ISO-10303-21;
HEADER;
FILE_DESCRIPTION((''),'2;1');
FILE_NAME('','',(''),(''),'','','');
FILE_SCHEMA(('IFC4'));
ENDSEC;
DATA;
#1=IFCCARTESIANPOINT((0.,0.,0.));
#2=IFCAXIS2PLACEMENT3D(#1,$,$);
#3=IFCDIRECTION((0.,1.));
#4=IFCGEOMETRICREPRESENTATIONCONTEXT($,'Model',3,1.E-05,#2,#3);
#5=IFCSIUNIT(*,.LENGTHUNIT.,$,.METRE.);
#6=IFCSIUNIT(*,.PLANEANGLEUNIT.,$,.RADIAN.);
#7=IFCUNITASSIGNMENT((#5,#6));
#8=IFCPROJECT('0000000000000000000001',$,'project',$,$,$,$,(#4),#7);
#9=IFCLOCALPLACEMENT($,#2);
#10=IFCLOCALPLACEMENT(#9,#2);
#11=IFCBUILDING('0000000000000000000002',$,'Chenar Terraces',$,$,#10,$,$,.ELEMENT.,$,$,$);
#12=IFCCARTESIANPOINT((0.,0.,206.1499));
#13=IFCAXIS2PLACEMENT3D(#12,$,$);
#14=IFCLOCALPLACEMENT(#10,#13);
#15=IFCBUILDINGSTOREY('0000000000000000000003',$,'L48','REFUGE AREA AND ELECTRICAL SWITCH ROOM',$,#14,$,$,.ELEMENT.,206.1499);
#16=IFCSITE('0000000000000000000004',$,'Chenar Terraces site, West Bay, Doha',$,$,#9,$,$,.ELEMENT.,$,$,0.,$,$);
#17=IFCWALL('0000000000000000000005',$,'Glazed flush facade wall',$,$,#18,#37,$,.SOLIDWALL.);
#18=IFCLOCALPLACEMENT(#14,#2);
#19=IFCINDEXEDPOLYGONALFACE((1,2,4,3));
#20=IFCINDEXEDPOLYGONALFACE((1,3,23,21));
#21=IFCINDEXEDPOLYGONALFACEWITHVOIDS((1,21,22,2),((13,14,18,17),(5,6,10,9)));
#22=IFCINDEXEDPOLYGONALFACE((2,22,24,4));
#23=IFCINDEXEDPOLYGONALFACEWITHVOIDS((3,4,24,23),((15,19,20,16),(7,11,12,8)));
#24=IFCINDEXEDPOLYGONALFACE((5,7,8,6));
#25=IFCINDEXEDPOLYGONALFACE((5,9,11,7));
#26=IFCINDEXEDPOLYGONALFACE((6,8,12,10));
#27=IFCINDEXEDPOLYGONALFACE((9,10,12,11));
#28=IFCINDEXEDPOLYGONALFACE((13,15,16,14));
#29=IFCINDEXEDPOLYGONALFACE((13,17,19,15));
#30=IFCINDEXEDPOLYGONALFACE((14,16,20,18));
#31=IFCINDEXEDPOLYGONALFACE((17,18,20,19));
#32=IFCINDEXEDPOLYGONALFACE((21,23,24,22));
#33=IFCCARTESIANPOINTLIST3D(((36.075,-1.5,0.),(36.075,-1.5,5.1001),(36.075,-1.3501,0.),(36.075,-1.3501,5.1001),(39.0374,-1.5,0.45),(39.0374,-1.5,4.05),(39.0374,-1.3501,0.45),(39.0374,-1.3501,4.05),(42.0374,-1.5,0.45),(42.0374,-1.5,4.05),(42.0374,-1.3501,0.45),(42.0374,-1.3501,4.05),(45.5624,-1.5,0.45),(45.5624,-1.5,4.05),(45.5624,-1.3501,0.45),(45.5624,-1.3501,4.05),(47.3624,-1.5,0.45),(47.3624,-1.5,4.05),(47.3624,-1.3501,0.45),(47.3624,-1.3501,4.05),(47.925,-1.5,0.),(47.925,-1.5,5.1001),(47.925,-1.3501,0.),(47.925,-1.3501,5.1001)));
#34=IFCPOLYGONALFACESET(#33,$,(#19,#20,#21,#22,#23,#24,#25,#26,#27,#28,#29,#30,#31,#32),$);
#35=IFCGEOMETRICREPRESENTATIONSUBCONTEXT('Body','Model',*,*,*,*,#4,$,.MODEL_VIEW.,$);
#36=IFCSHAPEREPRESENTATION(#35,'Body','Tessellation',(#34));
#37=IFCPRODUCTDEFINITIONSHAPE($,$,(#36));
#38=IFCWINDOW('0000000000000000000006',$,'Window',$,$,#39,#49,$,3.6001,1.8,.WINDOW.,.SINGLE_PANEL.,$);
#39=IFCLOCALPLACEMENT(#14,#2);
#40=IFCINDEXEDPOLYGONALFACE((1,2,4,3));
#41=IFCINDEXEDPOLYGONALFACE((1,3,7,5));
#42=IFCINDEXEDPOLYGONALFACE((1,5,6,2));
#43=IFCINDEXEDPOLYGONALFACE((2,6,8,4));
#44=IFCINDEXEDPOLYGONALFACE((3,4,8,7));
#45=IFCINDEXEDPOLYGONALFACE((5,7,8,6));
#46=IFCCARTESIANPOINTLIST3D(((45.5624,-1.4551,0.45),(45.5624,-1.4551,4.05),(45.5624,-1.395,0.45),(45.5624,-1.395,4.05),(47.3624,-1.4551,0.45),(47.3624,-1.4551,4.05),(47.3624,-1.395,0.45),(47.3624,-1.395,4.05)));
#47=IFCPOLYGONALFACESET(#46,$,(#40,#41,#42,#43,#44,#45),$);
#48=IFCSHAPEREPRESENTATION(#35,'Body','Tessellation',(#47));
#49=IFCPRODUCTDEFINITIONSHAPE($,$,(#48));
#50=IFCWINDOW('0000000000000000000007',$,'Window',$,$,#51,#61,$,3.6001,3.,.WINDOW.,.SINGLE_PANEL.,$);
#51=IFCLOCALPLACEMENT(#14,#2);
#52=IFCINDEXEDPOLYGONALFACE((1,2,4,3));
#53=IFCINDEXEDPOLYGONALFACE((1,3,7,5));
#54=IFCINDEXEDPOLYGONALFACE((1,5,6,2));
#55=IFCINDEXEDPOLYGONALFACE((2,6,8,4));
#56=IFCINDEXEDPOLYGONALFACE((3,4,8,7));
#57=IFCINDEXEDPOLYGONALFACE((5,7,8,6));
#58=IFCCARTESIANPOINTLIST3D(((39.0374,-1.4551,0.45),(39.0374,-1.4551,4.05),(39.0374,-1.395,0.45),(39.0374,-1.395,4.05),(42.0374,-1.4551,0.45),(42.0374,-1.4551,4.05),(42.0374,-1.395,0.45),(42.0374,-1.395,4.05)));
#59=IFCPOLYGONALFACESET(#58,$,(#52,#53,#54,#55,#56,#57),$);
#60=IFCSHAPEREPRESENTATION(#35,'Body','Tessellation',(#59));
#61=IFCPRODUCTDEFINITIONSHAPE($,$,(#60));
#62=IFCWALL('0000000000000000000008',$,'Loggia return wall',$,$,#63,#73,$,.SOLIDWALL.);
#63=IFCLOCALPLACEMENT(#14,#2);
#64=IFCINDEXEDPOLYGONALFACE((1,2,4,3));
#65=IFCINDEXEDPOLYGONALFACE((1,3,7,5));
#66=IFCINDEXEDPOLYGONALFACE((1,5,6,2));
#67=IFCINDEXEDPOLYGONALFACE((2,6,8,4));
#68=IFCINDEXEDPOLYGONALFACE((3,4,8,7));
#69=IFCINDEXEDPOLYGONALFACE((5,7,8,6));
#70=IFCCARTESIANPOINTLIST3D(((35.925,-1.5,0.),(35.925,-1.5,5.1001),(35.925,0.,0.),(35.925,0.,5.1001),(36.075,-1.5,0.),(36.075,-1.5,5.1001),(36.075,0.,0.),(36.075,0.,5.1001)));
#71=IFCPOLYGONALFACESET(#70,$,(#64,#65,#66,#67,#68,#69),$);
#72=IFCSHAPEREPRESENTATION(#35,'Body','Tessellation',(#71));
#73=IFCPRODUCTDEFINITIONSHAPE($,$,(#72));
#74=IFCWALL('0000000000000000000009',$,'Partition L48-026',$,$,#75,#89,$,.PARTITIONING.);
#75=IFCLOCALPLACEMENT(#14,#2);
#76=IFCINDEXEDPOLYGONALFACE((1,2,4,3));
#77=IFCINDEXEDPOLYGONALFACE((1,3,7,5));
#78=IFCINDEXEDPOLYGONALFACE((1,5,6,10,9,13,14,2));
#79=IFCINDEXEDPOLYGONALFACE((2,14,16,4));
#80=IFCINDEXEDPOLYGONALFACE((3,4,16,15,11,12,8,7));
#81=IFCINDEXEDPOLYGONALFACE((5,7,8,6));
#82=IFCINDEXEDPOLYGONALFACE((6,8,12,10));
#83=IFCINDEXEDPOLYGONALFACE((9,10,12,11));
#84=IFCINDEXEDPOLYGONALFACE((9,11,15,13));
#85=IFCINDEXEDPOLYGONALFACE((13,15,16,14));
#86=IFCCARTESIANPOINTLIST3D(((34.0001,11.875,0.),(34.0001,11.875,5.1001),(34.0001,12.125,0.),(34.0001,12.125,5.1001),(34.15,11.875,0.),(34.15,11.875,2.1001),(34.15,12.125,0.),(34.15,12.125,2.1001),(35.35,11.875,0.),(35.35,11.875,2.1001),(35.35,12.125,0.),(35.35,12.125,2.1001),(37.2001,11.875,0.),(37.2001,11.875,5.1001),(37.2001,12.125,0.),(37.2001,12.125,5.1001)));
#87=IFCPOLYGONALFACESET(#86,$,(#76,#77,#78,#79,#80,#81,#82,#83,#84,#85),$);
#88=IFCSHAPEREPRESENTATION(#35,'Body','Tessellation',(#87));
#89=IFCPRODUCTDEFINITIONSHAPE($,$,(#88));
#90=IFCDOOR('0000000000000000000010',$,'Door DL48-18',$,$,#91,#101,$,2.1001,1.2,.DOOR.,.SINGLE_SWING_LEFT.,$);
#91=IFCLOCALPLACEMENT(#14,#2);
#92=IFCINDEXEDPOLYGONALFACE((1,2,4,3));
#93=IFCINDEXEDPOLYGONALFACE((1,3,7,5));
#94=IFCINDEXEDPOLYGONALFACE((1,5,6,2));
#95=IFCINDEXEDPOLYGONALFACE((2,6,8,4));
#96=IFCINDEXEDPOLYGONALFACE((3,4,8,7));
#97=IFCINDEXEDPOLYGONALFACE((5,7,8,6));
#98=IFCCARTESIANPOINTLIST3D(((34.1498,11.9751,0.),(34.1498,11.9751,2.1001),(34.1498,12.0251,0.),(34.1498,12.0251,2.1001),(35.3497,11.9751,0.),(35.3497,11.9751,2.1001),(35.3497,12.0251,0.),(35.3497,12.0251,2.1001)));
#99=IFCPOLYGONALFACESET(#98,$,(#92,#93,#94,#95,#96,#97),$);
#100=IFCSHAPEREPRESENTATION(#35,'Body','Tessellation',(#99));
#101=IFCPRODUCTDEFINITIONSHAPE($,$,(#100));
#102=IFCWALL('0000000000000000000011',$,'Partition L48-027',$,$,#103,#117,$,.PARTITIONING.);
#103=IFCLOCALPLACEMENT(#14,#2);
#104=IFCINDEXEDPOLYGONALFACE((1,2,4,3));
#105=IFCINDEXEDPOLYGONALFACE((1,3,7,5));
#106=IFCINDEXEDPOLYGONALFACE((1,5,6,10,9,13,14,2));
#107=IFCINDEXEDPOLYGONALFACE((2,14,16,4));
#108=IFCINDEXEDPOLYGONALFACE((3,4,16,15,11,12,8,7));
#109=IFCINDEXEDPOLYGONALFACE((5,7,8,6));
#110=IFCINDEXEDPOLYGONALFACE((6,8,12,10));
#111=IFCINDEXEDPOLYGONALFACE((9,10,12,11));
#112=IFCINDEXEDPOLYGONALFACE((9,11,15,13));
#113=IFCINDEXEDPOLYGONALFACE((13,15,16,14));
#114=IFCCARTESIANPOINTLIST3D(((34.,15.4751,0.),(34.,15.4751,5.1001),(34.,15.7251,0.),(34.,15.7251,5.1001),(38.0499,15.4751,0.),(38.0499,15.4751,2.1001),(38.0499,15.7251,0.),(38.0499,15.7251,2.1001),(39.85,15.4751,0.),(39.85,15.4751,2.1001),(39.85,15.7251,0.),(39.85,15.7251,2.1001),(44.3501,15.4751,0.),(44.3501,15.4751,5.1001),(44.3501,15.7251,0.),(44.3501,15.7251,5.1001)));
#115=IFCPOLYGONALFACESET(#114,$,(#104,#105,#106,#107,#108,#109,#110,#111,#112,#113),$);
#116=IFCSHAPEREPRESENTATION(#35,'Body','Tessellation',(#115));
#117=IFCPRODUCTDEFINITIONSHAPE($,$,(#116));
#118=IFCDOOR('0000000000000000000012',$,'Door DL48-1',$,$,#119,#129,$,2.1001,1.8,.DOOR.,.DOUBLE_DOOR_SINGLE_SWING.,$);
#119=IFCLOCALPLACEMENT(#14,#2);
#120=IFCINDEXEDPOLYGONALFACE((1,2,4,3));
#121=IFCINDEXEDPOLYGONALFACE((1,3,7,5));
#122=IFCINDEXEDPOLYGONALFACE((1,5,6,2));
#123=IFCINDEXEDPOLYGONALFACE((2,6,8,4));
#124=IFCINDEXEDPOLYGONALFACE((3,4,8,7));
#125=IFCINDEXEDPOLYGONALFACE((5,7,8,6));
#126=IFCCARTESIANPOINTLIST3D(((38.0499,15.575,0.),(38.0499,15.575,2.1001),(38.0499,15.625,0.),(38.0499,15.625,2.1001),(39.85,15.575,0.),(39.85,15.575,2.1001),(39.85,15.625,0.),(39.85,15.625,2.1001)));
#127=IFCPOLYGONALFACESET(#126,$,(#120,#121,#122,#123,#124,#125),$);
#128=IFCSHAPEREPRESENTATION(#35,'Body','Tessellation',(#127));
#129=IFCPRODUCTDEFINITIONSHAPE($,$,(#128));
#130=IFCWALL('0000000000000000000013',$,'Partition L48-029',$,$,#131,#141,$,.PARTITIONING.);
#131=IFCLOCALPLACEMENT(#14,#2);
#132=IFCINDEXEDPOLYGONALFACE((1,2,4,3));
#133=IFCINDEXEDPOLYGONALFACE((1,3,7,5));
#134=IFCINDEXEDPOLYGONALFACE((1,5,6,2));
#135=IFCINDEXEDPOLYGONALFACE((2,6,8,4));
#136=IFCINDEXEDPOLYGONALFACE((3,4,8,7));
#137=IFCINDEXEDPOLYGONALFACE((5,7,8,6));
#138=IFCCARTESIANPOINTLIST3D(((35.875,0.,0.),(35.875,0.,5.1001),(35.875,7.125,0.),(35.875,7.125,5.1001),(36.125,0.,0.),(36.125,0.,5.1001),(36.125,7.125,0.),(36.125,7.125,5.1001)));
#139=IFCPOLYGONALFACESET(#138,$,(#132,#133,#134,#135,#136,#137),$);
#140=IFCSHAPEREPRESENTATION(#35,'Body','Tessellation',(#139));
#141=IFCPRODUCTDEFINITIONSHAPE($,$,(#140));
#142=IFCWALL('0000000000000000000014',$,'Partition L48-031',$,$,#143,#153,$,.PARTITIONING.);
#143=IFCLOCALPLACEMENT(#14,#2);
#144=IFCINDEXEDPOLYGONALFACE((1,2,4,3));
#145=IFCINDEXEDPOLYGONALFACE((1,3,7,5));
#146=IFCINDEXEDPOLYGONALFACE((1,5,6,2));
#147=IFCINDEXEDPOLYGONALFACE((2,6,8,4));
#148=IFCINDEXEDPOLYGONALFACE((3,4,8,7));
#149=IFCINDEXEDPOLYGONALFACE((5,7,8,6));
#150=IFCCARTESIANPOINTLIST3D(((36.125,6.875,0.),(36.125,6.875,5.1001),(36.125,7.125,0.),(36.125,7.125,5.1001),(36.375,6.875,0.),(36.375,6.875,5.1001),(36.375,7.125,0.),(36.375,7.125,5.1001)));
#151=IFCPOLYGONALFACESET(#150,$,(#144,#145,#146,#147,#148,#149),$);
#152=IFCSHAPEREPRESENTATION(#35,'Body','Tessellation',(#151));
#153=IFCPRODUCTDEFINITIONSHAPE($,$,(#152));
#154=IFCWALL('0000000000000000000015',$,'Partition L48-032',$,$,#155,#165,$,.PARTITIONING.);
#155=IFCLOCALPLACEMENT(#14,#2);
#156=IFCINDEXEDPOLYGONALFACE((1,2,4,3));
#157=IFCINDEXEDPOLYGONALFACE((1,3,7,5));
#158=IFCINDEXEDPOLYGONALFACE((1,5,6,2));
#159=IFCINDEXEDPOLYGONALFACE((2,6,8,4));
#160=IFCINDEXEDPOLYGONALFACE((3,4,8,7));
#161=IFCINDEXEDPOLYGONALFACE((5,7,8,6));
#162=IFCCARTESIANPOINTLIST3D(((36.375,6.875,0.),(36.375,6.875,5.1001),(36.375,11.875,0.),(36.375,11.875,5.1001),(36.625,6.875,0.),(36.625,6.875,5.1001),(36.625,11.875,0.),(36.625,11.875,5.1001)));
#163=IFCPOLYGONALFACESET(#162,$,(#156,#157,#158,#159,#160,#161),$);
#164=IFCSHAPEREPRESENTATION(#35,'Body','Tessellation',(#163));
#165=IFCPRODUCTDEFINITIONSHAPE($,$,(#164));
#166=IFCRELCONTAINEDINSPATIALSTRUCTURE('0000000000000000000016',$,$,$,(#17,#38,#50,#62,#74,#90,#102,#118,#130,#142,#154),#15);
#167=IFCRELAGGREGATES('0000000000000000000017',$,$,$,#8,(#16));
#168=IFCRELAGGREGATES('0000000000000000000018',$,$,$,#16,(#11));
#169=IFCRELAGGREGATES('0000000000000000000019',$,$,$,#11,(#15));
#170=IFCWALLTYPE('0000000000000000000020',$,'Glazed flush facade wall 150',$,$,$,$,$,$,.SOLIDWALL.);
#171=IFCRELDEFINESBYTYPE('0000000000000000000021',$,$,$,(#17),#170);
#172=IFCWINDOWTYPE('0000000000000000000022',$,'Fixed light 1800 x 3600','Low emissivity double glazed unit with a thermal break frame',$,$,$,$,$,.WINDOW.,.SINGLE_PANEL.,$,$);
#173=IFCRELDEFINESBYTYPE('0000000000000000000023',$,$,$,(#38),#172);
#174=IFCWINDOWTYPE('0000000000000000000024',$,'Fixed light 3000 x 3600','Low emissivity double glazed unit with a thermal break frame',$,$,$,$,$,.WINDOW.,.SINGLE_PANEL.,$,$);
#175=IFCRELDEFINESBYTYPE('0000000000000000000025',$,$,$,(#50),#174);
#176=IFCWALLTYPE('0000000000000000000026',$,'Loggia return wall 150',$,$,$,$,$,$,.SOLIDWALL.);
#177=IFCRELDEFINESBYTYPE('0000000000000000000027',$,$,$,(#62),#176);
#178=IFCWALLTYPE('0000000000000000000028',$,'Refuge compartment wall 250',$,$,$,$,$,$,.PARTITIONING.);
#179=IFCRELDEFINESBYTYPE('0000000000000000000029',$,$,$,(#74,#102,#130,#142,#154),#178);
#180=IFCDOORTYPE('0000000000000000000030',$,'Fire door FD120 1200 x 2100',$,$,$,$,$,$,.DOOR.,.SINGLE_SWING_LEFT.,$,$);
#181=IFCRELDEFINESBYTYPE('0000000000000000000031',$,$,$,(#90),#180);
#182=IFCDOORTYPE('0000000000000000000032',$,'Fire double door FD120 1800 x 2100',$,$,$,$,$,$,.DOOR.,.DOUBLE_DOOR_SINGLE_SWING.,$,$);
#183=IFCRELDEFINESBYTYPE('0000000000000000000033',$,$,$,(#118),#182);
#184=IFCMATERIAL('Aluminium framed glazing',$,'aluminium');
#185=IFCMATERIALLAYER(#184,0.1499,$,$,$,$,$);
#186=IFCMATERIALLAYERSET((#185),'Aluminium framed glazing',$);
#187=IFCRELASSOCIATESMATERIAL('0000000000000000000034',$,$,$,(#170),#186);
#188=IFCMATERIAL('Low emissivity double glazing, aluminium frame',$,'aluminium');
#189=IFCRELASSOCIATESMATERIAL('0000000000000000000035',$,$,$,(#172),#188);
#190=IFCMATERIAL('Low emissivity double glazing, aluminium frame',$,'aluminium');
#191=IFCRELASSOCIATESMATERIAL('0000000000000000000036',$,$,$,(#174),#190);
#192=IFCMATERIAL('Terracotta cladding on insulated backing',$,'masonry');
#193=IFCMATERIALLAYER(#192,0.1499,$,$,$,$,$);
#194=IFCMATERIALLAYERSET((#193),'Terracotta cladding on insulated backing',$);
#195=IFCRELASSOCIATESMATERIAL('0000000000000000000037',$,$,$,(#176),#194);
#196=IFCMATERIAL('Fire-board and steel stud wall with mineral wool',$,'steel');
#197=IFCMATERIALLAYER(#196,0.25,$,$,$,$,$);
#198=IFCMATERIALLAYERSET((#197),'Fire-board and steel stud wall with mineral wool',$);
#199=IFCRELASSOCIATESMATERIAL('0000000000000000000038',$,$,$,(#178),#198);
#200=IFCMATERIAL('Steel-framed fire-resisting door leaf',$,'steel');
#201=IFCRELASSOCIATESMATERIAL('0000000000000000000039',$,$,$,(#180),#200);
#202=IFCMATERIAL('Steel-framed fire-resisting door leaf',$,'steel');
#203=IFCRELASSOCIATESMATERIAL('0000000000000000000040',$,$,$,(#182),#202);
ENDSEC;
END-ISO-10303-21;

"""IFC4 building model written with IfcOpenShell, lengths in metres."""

from ifc_helpers import new_model, si_unit, direction, frame, frame_2d, origin, place, context, subcontext, project, spatial, rectangle, extrude, material, layer, layer_set, type_object, element, fill, save


model = new_model("IFC4")

# Units and contexts
model_context = context("Model", 3, precision=1e-05, world=origin(), true_north=direction((0.0, 1.0)))
body_context = subcontext(model_context, "Body", "Model", "MODEL_VIEW")
ifc_project = project(units=[si_unit("LENGTHUNIT", "METRE"), si_unit("PLANEANGLEUNIT", "RADIAN")], contexts=[model_context])

# Site, building, storey
site_placement = place(None, origin())
site = spatial("IfcSite", under=ifc_project, at=site_placement, Name="Chenar Terraces site, West Bay, Doha", CompositionType="ELEMENT", RefElevation=0.0)
building_placement = place(site_placement, origin())
building = spatial("IfcBuilding", under=site, at=building_placement, Name="Chenar Terraces", CompositionType="ELEMENT")
storey_placement = place(building_placement, frame((0.0, 0.0, 206.1499)))
storey = spatial("IfcBuildingStorey", under=building, at=storey_placement, Name="L48", Description="REFUGE AREA AND ELECTRICAL SWITCH ROOM", CompositionType="ELEMENT", Elevation=206.1499)

# Wall, openings, windows
ifc_material_1 = material(Name="Aluminium framed glazing", Category="aluminium")
ifc_layer_1 = layer(ifc_material_1, 0.1499)
ifc_layer_set_1 = layer_set([ifc_layer_1], Name="Aluminium framed glazing")
wall_type_1 = type_object("IfcWallType", Name="Glazed flush facade wall 150", PredefinedType="SOLIDWALL", material=ifc_layer_set_1)
wall_1_placement = place(storey_placement, frame((36.075, -1.425, 0.0), z_axis=(0.0, 0.0, 1.0), x_axis=(1.0, 0.0, 0.0)))
wall_1 = element("IfcWall", 1, at=wall_1_placement, inside=storey, type_object=wall_type_1, Name="Glazed flush facade wall", PredefinedType="SOLIDWALL", context=body_context, shape_type="SweptSolid", body=[
    extrude(rectangle(XDim=11.8501, YDim=0.1499, at=frame_2d((5.925, 0.0))), origin(), (0.0, 0.0, 1.0), 5.1001),
])
opening_1_placement = place(wall_1_placement, frame((2.9624, 0.0, 0.45)))
opening_1 = element("IfcOpeningElement", 2, at=opening_1_placement, cuts=wall_1, PredefinedType="OPENING", context=body_context, shape_type="SweptSolid", body=[
    extrude(rectangle(XDim=3.0, YDim=3.6001, at=frame_2d((1.5, 1.8))), frame((0.0, 0.085, 0.0), z_axis=(0.0, -1.0, 0.0), x_axis=(1.0, 0.0, 0.0)), (0.0, 0.0, 1.0), 0.1699),
])
opening_2_placement = place(wall_1_placement, frame((9.4875, 0.0, 0.45)))
opening_2 = element("IfcOpeningElement", 3, at=opening_2_placement, cuts=wall_1, PredefinedType="OPENING", context=body_context, shape_type="SweptSolid", body=[
    extrude(rectangle(XDim=1.8, YDim=3.6001, at=frame_2d((0.8999, 1.8))), frame((0.0, 0.085, 0.0), z_axis=(0.0, -1.0, 0.0), x_axis=(1.0, 0.0, 0.0)), (0.0, 0.0, 1.0), 0.1699),
])
ifc_material_2 = material(Name="Low emissivity double glazing, aluminium frame", Category="aluminium")
window_type_1 = type_object("IfcWindowType", Name="Fixed light 1800 x 3600", Description="Low emissivity double glazed unit with a thermal break frame", PartitioningType="SINGLE_PANEL", PredefinedType="WINDOW", material=ifc_material_2)
window_1_placement = place(opening_2_placement, origin())
window_1 = element("IfcWindow", 4, at=window_1_placement, inside=storey, type_object=window_type_1, Name="Window", OverallHeight=3.6001, OverallWidth=1.8, PartitioningType="SINGLE_PANEL", PredefinedType="WINDOW", context=body_context, shape_type="SweptSolid", body=[
    extrude(rectangle(XDim=1.8, YDim=3.6001, at=frame_2d((0.8999, 1.8))), frame((0.0, 0.03, 0.0), z_axis=(0.0, -1.0, 0.0), x_axis=(1.0, 0.0, 0.0)), (0.0, 0.0, 1.0), 0.0601),
])
fill(opening_2, window_1)
ifc_material_3 = material(Name="Low emissivity double glazing, aluminium frame", Category="aluminium")
window_type_2 = type_object("IfcWindowType", Name="Fixed light 3000 x 3600", Description="Low emissivity double glazed unit with a thermal break frame", PartitioningType="SINGLE_PANEL", PredefinedType="WINDOW", material=ifc_material_3)
window_2_placement = place(opening_1_placement, origin())
window_2 = element("IfcWindow", 5, at=window_2_placement, inside=storey, type_object=window_type_2, Name="Window", OverallHeight=3.6001, OverallWidth=3.0, PartitioningType="SINGLE_PANEL", PredefinedType="WINDOW", context=body_context, shape_type="SweptSolid", body=[
    extrude(rectangle(XDim=3.0, YDim=3.6001, at=frame_2d((1.5, 1.8))), frame((0.0, 0.03, 0.0), z_axis=(0.0, -1.0, 0.0), x_axis=(1.0, 0.0, 0.0)), (0.0, 0.0, 1.0), 0.0601),
])
fill(opening_1, window_2)

# Wall
ifc_material_4 = material(Name="Terracotta cladding on insulated backing", Category="masonry")
ifc_layer_2 = layer(ifc_material_4, 0.1499)
ifc_layer_set_2 = layer_set([ifc_layer_2], Name="Terracotta cladding on insulated backing")
wall_type_2 = type_object("IfcWallType", Name="Loggia return wall 150", PredefinedType="SOLIDWALL", material=ifc_layer_set_2)
wall_2_placement = place(storey_placement, frame((36.0, -1.5, 0.0), z_axis=(0.0, 0.0, 1.0), x_axis=(0.0, 1.0, 0.0)))
element("IfcWall", 6, at=wall_2_placement, inside=storey, type_object=wall_type_2, Name="Loggia return wall", PredefinedType="SOLIDWALL", context=body_context, shape_type="SweptSolid", body=[
    extrude(rectangle(XDim=1.5, YDim=0.1499, at=frame_2d((0.75, 0.0))), origin(), (0.0, 0.0, 1.0), 5.1001),
])

# Walls, openings, doors
ifc_material_5 = material(Name="Fire-board and steel stud wall with mineral wool", Category="steel")
ifc_layer_3 = layer(ifc_material_5, 0.25)
ifc_layer_set_3 = layer_set([ifc_layer_3], Name="Fire-board and steel stud wall with mineral wool")
wall_type_3 = type_object("IfcWallType", Name="Refuge compartment wall 250", PredefinedType="PARTITIONING", material=ifc_layer_set_3)
wall_3_placement = place(storey_placement, frame((34.0, 12.0, 0.0), z_axis=(0.0, 0.0, 1.0), x_axis=(1.0, 0.0, 0.0)))
wall_3 = element("IfcWall", 7, at=wall_3_placement, inside=storey, type_object=wall_type_3, Name="Partition L48-026", PredefinedType="PARTITIONING", context=body_context, shape_type="SweptSolid", body=[
    extrude(rectangle(XDim=3.2, YDim=0.25, at=frame_2d((1.6001, 0.0))), origin(), (0.0, 0.0, 1.0), 5.1001),
])
opening_3_placement = place(wall_3_placement, frame((0.1499, 0.0, 0.0)))
opening_3 = element("IfcOpeningElement", 8, at=opening_3_placement, cuts=wall_3, PredefinedType="OPENING", context=body_context, shape_type="SweptSolid", body=[
    extrude(rectangle(XDim=1.2, YDim=2.1001, at=frame_2d((0.6001, 1.05))), frame((0.0, 0.135, 0.0), z_axis=(0.0, -1.0, 0.0), x_axis=(1.0, 0.0, 0.0)), (0.0, 0.0, 1.0), 0.27),
])
ifc_material_6 = material(Name="Steel-framed fire-resisting door leaf", Category="steel")
door_type_1 = type_object("IfcDoorType", Name="Fire door FD120 1200 x 2100", OperationType="SINGLE_SWING_LEFT", PredefinedType="DOOR", material=ifc_material_6)
door_1_placement = place(opening_3_placement, frame((1.2, 0.0, 0.0), z_axis=(0.0, 0.0, 1.0), x_axis=(-1.0, 0.0, 0.0)))
door_1 = element("IfcDoor", 9, at=door_1_placement, inside=storey, type_object=door_type_1, Name="Door DL48-18", OperationType="SINGLE_SWING_LEFT", OverallHeight=2.1001, OverallWidth=1.2, PredefinedType="DOOR", context=body_context, shape_type="SweptSolid", body=[
    extrude(rectangle(XDim=1.2, YDim=2.1001, at=frame_2d((0.6001, 1.05))), frame((0.0, 0.0249, 0.0), z_axis=(0.0, -1.0, 0.0), x_axis=(1.0, 0.0, 0.0)), (0.0, 0.0, 1.0), 0.05),
])
fill(opening_3, door_1)
wall_4_placement = place(storey_placement, frame((34.0, 15.6001, 0.0), z_axis=(0.0, 0.0, 1.0), x_axis=(1.0, 0.0, 0.0)))
wall_4 = element("IfcWall", 10, at=wall_4_placement, inside=storey, type_object=wall_type_3, Name="Partition L48-027", PredefinedType="PARTITIONING", context=body_context, shape_type="SweptSolid", body=[
    extrude(rectangle(XDim=10.3501, YDim=0.25, at=frame_2d((5.175, 0.0))), origin(), (0.0, 0.0, 1.0), 5.1001),
])
opening_4_placement = place(wall_4_placement, frame((4.05, 0.0, 0.0)))
opening_4 = element("IfcOpeningElement", 11, at=opening_4_placement, cuts=wall_4, PredefinedType="OPENING", context=body_context, shape_type="SweptSolid", body=[
    extrude(rectangle(XDim=1.8, YDim=2.1001, at=frame_2d((0.8999, 1.05))), frame((0.0, 0.135, 0.0), z_axis=(0.0, -1.0, 0.0), x_axis=(1.0, 0.0, 0.0)), (0.0, 0.0, 1.0), 0.27),
])
ifc_material_7 = material(Name="Steel-framed fire-resisting door leaf", Category="steel")
door_type_2 = type_object("IfcDoorType", Name="Fire double door FD120 1800 x 2100", OperationType="DOUBLE_DOOR_SINGLE_SWING", PredefinedType="DOOR", material=ifc_material_7)
door_2_placement = place(opening_4_placement, origin())
door_2 = element("IfcDoor", 12, at=door_2_placement, inside=storey, type_object=door_type_2, Name="Door DL48-1", OperationType="DOUBLE_DOOR_SINGLE_SWING", OverallHeight=2.1001, OverallWidth=1.8, PredefinedType="DOOR", context=body_context, shape_type="SweptSolid", body=[
    extrude(rectangle(XDim=1.8, YDim=2.1001, at=frame_2d((0.8999, 1.05))), frame((0.0, 0.0249, 0.0), z_axis=(0.0, -1.0, 0.0), x_axis=(1.0, 0.0, 0.0)), (0.0, 0.0, 1.0), 0.05),
])
fill(opening_4, door_2)

# Walls
wall_5_placement = place(storey_placement, frame((36.0, 0.0, 0.0), z_axis=(0.0, 0.0, 1.0), x_axis=(0.0, 1.0, 0.0)))
element("IfcWall", 13, at=wall_5_placement, inside=storey, type_object=wall_type_3, Name="Partition L48-029", PredefinedType="PARTITIONING", context=body_context, shape_type="SweptSolid", body=[
    extrude(rectangle(XDim=7.125, YDim=0.25, at=frame_2d((3.5625, 0.0))), origin(), (0.0, 0.0, 1.0), 5.1001),
])
wall_6_placement = place(storey_placement, frame((36.125, 7.0, 0.0), z_axis=(0.0, 0.0, 1.0), x_axis=(1.0, 0.0, 0.0)))
element("IfcWall", 14, at=wall_6_placement, inside=storey, type_object=wall_type_3, Name="Partition L48-031", PredefinedType="PARTITIONING", context=body_context, shape_type="SweptSolid", body=[
    extrude(rectangle(XDim=0.25, YDim=0.25, at=frame_2d((0.125, 0.0))), origin(), (0.0, 0.0, 1.0), 5.1001),
])
wall_7_placement = place(storey_placement, frame((36.5, 6.875, 0.0), z_axis=(0.0, 0.0, 1.0), x_axis=(0.0, 1.0, 0.0)))
element("IfcWall", 15, at=wall_7_placement, inside=storey, type_object=wall_type_3, Name="Partition L48-032", PredefinedType="PARTITIONING", context=body_context, shape_type="SweptSolid", body=[
    extrude(rectangle(XDim=5.0, YDim=0.25, at=frame_2d((2.5, 0.0))), origin(), (0.0, 0.0, 1.0), 5.1001),
])

save(model, "model.ifc")
